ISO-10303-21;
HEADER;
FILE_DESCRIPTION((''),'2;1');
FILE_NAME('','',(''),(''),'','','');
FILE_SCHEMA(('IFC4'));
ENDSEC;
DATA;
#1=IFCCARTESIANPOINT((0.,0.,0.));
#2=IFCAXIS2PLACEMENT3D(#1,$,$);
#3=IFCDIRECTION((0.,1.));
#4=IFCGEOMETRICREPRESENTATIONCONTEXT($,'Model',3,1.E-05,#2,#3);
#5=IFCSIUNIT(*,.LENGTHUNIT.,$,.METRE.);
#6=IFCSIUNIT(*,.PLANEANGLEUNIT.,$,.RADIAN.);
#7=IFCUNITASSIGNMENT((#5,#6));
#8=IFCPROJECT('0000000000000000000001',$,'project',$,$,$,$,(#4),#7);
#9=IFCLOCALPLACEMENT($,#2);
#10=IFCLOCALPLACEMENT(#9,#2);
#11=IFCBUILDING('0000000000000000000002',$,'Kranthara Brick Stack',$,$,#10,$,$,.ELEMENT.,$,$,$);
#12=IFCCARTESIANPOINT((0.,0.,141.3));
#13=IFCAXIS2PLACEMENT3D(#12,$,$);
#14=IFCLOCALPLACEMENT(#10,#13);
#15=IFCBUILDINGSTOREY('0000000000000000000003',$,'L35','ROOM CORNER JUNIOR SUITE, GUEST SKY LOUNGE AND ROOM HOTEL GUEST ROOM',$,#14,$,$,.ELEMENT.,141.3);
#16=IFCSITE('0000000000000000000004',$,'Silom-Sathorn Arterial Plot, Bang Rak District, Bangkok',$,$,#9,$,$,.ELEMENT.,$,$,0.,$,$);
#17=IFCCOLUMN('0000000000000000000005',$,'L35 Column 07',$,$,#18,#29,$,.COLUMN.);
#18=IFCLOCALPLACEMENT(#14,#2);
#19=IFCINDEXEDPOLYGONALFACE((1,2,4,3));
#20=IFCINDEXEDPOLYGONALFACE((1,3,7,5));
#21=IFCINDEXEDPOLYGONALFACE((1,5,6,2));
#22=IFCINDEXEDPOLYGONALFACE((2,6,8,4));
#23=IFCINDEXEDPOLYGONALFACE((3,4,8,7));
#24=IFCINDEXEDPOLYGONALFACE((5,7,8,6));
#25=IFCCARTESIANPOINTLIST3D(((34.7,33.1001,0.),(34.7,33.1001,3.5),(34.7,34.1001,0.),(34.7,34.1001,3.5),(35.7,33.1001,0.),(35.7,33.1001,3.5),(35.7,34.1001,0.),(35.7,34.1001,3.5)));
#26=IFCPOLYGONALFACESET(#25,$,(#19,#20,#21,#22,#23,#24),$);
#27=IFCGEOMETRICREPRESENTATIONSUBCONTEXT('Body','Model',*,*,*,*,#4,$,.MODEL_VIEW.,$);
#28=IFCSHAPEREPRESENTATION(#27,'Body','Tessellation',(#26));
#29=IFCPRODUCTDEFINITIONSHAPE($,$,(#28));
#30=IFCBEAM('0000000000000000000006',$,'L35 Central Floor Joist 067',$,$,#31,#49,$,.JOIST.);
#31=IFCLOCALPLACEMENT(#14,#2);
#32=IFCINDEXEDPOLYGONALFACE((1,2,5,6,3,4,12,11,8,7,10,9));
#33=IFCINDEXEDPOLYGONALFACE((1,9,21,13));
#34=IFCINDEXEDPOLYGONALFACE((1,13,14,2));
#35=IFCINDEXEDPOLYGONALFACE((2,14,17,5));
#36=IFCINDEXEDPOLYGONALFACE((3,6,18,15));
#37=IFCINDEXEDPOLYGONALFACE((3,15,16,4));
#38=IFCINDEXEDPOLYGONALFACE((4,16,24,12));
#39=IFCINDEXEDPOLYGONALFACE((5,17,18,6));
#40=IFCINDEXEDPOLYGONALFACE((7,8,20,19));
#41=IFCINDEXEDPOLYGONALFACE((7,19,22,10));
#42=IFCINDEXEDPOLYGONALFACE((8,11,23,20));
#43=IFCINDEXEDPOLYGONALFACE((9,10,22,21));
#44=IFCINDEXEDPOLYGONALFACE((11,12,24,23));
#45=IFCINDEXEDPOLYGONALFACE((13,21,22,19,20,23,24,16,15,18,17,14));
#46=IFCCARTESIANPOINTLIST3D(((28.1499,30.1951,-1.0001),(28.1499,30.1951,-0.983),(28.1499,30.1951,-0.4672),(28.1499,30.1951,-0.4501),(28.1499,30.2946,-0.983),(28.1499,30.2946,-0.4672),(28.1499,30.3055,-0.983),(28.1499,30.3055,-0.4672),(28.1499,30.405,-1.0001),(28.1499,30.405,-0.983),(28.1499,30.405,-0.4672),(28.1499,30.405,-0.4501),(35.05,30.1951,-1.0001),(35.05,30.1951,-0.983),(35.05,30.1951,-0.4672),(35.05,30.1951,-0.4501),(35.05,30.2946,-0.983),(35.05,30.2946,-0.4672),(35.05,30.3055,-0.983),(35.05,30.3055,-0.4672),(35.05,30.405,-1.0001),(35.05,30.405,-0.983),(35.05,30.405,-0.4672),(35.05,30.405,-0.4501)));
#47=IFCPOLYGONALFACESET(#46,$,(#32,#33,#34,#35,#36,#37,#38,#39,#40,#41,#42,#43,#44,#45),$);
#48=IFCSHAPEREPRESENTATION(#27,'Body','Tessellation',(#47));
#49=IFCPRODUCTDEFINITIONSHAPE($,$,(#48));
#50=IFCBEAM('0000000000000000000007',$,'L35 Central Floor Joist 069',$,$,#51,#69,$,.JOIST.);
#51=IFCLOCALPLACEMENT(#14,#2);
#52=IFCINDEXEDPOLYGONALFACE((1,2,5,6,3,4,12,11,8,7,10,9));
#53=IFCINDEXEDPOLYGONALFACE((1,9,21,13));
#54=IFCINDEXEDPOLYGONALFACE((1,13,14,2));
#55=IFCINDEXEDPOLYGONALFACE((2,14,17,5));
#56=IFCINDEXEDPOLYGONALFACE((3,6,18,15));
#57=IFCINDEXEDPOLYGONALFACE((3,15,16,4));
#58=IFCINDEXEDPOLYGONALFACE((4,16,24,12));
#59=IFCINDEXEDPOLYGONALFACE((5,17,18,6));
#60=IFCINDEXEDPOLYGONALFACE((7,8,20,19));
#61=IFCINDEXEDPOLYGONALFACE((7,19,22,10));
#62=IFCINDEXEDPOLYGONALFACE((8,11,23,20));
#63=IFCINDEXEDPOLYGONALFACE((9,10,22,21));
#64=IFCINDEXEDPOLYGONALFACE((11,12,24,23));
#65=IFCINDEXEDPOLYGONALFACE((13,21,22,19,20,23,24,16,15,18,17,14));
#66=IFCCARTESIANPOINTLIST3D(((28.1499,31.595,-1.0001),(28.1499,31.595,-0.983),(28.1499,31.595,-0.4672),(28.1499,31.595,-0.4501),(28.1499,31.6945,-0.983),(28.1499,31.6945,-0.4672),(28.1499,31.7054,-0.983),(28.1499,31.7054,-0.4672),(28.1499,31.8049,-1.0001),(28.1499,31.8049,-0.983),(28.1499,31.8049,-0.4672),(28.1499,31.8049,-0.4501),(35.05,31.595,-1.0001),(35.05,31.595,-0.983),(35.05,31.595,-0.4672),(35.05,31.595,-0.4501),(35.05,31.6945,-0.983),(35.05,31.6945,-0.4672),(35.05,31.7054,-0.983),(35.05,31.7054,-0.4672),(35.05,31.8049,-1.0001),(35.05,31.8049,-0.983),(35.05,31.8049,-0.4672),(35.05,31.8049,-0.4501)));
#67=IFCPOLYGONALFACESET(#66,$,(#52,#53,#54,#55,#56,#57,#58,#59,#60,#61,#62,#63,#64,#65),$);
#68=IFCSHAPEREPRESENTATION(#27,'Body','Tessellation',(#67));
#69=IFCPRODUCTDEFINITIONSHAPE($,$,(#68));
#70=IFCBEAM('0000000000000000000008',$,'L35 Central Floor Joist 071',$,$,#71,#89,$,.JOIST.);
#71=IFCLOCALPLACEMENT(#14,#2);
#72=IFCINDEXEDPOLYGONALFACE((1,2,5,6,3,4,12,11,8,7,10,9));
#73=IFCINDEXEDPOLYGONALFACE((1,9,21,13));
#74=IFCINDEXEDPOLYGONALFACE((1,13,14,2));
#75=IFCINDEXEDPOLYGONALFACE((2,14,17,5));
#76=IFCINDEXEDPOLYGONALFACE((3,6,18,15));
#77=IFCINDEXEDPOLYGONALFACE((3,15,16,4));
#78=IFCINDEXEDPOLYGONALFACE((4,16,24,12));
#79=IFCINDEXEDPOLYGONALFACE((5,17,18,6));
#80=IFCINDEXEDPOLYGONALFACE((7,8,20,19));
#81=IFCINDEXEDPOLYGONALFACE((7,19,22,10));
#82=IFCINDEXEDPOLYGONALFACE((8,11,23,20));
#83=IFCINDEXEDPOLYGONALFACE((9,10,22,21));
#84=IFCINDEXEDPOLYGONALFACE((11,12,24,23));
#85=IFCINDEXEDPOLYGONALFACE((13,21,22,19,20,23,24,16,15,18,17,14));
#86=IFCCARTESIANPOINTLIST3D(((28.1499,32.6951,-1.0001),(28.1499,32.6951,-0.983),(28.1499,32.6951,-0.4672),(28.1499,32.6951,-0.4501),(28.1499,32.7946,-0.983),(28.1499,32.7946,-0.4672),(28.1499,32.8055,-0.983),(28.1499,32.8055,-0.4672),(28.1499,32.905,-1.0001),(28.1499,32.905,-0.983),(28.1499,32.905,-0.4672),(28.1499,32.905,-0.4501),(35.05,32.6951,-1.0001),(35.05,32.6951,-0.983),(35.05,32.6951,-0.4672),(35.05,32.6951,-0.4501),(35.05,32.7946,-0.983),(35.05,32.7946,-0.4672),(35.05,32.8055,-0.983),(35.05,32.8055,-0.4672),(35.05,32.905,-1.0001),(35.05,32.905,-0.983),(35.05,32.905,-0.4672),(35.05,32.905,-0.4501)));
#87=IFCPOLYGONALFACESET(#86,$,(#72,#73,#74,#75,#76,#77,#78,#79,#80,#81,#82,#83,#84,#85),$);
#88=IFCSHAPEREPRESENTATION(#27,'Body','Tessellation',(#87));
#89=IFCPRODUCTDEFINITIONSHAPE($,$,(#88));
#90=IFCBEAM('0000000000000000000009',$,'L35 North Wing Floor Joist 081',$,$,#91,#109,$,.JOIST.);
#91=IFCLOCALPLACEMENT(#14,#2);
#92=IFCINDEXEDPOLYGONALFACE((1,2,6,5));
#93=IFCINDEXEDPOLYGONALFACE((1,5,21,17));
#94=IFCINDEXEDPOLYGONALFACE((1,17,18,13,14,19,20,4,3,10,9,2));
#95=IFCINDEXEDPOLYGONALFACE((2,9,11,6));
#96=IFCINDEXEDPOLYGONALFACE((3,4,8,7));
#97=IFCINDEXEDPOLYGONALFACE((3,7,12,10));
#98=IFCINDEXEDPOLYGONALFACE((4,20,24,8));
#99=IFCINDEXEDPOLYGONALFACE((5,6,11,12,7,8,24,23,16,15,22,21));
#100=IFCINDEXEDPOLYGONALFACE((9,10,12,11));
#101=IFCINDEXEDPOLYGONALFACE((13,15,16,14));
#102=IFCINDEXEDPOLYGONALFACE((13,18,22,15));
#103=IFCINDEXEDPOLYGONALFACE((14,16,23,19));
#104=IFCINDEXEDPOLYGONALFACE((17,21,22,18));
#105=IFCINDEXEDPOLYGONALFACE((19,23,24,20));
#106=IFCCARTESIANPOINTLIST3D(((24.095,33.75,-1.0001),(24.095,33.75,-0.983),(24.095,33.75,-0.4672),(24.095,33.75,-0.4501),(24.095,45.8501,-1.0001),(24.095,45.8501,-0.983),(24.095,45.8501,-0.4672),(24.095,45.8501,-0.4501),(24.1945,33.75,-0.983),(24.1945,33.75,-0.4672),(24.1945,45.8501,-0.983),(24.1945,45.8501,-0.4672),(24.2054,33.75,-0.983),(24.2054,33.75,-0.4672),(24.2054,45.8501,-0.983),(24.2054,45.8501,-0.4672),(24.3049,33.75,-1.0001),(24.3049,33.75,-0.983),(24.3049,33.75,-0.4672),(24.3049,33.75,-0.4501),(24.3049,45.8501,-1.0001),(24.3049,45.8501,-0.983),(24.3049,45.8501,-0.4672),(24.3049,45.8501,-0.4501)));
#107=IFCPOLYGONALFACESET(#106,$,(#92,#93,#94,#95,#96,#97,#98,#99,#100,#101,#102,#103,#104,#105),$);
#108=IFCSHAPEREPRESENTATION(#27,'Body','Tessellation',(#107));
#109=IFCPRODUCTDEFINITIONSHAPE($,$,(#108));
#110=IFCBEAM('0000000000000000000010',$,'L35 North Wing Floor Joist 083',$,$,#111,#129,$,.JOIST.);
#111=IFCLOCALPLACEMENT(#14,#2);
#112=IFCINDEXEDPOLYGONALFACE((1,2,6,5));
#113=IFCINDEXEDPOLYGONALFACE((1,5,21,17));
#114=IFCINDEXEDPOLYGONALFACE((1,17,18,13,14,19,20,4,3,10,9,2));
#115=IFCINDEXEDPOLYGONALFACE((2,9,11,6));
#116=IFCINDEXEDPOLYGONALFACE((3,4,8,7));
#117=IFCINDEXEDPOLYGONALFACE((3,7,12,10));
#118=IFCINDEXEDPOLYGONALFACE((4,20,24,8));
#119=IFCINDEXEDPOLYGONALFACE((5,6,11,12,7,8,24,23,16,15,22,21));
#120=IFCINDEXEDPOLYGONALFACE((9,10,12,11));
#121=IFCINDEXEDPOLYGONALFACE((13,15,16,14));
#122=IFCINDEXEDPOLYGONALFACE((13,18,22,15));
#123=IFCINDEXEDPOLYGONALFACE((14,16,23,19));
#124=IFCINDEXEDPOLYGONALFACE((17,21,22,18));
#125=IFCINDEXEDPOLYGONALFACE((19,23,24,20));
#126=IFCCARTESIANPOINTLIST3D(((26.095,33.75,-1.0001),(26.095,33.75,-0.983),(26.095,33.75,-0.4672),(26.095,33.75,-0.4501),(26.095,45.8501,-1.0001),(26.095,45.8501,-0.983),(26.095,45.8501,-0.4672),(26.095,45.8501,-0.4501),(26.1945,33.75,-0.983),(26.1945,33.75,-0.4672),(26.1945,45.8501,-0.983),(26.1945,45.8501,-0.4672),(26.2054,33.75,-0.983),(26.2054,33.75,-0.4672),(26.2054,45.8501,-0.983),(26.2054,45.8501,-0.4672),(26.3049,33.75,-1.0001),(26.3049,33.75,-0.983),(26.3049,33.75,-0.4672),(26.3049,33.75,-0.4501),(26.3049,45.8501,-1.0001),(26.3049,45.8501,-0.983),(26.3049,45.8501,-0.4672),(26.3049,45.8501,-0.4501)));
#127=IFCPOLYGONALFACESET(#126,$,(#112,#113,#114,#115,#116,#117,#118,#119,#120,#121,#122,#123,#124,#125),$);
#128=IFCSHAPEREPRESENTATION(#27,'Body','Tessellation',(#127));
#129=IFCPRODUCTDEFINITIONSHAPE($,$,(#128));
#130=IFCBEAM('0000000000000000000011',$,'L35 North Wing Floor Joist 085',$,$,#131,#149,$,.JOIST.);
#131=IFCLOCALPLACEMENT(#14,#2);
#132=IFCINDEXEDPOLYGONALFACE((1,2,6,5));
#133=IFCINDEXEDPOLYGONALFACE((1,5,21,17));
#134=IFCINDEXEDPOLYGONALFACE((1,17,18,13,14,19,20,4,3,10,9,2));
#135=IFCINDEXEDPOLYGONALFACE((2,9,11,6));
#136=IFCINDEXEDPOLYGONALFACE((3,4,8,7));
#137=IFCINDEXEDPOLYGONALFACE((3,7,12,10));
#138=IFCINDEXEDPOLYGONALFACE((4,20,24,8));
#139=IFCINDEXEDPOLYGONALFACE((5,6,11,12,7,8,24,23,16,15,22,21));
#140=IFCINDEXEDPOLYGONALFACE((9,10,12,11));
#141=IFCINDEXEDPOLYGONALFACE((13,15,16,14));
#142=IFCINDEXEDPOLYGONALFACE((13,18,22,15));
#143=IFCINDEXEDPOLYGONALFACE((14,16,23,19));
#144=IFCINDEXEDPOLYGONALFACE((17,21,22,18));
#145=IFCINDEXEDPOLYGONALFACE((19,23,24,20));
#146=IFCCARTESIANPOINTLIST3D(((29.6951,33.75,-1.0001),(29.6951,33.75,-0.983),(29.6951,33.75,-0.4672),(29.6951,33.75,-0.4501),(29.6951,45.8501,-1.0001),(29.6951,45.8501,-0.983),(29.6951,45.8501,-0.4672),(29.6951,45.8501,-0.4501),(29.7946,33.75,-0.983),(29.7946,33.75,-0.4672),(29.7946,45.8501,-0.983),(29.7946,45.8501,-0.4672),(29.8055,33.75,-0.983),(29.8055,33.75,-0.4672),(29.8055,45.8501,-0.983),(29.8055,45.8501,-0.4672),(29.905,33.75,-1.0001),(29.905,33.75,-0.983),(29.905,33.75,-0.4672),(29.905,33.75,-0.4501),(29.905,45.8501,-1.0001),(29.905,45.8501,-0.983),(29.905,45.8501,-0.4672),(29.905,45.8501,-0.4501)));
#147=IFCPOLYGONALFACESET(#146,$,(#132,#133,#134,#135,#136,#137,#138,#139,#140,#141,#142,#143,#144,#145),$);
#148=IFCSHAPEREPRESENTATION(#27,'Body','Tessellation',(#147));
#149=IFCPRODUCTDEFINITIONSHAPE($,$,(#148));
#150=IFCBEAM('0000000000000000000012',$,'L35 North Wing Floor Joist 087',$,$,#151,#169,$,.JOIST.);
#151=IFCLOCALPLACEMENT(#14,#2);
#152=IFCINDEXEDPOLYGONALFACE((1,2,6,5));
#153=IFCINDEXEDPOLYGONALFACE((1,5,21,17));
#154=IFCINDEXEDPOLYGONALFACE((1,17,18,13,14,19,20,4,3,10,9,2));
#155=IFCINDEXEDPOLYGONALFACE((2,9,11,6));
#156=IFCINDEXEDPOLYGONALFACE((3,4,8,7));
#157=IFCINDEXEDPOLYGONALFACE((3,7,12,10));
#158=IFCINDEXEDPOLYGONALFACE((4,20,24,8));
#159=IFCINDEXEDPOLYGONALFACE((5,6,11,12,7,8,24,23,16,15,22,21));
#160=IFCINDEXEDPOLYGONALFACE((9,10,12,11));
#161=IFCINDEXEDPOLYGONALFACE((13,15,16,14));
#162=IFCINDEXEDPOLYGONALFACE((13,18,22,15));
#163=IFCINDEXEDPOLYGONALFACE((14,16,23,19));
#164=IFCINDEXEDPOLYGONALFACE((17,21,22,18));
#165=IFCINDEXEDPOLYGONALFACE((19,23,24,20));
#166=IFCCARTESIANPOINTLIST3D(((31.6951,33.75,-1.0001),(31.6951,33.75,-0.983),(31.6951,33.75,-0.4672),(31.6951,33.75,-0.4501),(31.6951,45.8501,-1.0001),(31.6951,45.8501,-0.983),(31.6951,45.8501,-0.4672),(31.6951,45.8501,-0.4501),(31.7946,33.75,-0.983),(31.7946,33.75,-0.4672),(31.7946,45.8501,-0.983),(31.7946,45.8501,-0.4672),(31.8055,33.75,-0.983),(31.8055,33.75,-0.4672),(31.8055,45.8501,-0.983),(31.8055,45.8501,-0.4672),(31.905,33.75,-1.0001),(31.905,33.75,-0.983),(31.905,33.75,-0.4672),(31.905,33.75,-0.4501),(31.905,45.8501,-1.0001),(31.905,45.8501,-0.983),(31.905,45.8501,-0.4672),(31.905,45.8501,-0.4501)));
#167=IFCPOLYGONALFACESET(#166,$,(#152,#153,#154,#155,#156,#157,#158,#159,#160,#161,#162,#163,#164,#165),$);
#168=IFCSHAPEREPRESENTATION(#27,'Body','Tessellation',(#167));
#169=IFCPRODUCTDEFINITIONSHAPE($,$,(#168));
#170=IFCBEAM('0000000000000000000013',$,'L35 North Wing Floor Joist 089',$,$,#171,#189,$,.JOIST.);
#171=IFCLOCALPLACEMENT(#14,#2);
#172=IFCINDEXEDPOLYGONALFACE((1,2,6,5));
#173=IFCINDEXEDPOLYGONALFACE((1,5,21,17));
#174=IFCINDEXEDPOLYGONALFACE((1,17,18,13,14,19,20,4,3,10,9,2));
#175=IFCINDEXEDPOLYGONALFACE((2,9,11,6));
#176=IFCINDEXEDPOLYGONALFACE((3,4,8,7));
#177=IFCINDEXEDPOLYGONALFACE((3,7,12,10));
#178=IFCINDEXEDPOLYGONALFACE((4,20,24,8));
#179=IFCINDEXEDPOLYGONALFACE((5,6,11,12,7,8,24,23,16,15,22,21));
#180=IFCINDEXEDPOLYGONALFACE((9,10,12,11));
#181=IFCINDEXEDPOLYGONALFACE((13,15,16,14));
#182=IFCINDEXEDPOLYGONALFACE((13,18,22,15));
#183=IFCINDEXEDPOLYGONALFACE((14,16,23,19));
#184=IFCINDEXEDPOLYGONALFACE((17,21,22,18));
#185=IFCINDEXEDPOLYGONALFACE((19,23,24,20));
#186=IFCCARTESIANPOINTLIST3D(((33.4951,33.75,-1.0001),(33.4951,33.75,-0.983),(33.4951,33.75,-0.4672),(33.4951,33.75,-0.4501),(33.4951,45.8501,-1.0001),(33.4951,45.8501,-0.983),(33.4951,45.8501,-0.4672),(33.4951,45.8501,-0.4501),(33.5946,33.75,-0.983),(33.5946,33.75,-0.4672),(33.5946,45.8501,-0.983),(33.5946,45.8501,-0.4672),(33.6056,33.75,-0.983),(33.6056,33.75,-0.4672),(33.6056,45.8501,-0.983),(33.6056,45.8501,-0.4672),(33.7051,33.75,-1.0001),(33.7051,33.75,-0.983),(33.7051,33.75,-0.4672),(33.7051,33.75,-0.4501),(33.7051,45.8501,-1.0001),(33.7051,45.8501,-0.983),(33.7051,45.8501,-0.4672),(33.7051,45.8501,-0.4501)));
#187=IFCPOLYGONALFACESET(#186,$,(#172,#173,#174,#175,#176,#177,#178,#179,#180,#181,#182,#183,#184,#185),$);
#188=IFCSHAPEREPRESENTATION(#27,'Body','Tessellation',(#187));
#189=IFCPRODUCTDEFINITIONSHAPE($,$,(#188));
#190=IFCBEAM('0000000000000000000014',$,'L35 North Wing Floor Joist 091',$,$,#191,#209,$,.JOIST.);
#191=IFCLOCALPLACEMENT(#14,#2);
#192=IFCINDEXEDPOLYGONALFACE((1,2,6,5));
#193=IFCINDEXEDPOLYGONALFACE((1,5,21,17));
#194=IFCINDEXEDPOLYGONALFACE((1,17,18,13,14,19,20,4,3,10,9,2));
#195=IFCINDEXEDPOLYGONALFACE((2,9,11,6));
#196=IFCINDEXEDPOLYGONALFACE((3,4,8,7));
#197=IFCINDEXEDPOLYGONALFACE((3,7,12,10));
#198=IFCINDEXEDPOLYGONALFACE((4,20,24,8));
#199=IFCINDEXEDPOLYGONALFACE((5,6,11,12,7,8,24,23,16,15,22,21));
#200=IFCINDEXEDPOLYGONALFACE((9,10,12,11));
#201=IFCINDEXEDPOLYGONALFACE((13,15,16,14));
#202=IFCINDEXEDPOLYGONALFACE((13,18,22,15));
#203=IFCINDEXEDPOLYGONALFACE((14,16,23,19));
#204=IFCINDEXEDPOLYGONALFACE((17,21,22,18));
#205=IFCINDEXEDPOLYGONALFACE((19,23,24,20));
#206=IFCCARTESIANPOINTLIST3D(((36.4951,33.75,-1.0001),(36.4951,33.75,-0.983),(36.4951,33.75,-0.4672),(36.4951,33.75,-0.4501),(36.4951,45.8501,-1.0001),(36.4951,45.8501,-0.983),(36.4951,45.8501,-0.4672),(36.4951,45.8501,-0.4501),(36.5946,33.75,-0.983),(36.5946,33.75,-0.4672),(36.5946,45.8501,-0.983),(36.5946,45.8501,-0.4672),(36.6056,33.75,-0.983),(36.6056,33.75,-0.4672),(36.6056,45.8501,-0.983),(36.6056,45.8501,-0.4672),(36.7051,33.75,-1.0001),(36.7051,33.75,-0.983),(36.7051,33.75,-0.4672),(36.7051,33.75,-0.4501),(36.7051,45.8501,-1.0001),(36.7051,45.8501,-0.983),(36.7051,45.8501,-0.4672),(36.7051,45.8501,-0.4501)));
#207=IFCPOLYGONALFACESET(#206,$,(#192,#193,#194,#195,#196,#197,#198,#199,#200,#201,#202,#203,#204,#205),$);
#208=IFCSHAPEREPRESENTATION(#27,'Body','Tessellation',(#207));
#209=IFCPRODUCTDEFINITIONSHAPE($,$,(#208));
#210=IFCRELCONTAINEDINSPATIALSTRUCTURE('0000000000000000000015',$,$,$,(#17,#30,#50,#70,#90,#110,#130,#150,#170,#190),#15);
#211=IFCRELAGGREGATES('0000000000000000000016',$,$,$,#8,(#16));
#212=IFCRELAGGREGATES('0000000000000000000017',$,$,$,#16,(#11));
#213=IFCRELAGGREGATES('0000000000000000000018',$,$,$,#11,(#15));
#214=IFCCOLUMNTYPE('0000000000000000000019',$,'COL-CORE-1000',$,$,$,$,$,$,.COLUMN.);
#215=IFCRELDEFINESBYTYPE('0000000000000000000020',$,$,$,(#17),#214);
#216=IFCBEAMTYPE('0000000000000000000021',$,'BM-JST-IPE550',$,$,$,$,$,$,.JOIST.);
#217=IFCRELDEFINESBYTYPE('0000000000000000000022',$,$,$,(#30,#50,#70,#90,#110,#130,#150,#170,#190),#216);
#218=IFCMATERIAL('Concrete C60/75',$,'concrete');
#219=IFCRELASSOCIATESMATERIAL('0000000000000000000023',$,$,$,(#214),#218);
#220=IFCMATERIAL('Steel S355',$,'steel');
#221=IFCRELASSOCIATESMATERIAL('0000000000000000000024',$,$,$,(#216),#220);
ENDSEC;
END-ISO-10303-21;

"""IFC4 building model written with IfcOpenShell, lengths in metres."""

from ifc_helpers import new_model, si_unit, direction, frame, origin, origin_2d, place, context, subcontext, project, spatial, rectangle, i_section, extrude, material, material_profile, profile_set, type_object, element, save


model = new_model("IFC4")

# Units and contexts
model_context = context("Model", 3, precision=1e-05, world=origin(), true_north=direction((0.0, 1.0)))
body_context = subcontext(model_context, "Body", "Model", "MODEL_VIEW")
ifc_project = project(units=[si_unit("LENGTHUNIT", "METRE"), si_unit("PLANEANGLEUNIT", "RADIAN")], contexts=[model_context])

# Site, building, storey
site_placement = place(None, origin())
site = spatial("IfcSite", under=ifc_project, at=site_placement, Name="Silom-Sathorn Arterial Plot, Bang Rak District, Bangkok", CompositionType="ELEMENT", RefElevation=0.0)
building_placement = place(site_placement, origin())
building = spatial("IfcBuilding", under=site, at=building_placement, Name="Kranthara Brick Stack", CompositionType="ELEMENT")
storey_placement = place(building_placement, frame((0.0, 0.0, 141.3)))
storey = spatial("IfcBuildingStorey", under=building, at=storey_placement, Name="L35", Description="ROOM CORNER JUNIOR SUITE, GUEST SKY LOUNGE AND ROOM HOTEL GUEST ROOM", CompositionType="ELEMENT", Elevation=141.3)

# Column
ifc_material_1 = material(Name="Concrete C60/75", Category="concrete")
ifc_material_profile_1 = material_profile(ifc_material_1, rectangle(XDim=1.0, YDim=1.0, at=origin_2d()), Name="RC 1000x1000")
ifc_profile_set_1 = profile_set([ifc_material_profile_1], Name="Concrete C60/75")
column_type = type_object("IfcColumnType", Name="COL-CORE-1000", PredefinedType="COLUMN", material=ifc_profile_set_1)
column_placement = place(storey_placement, frame((35.2, 33.6001, 0.0), z_axis=(0.0, 0.0, 1.0), x_axis=(1.0, 0.0, 0.0)))
element("IfcColumn", 1, at=column_placement, inside=storey, type_object=column_type, Name="L35 Column 07", PredefinedType="COLUMN", context=body_context, shape_type="SweptSolid", body=[
    extrude(rectangle(XDim=1.0, YDim=1.0, at=origin_2d()), origin(), (0.0, 0.0, 1.0), 3.5),
])

# Beams
ifc_material_2 = material(Name="Steel S355", Category="steel")
ifc_material_profile_2 = material_profile(ifc_material_2, i_section(OverallWidth=0.21, OverallDepth=0.55, WebThickness=0.011, FlangeThickness=0.0171, at=origin_2d()), Name="IPE 550")
ifc_profile_set_2 = profile_set([ifc_material_profile_2], Name="Steel S355")
beam_type_1 = type_object("IfcBeamType", Name="BM-JST-IPE550", PredefinedType="JOIST", material=ifc_profile_set_2)
for number, where, z_axis, x_axis, name in (
    (2, (28.1499, 30.3, -0.7251), (1.0, 0.0, 0.0), (0.0, 1.0, 0.0), "L35 Central Floor Joist 067"),
    (3, (28.1499, 31.7, -0.7251), (1.0, 0.0, 0.0), (0.0, 1.0, 0.0), "L35 Central Floor Joist 069"),
    (4, (28.1499, 32.8, -0.7251), (1.0, 0.0, 0.0), (0.0, 1.0, 0.0), "L35 Central Floor Joist 071"),
):
    element("IfcBeam", number, at=place(storey_placement, frame(where, z_axis=z_axis, x_axis=x_axis)), inside=storey, type_object=beam_type_1, Name=name, PredefinedType="JOIST", context=body_context, shape_type="SweptSolid", body=[
        extrude(i_section(OverallWidth=0.21, OverallDepth=0.55, WebThickness=0.011, FlangeThickness=0.0171, at=origin_2d()), origin(), (0.0, 0.0, 1.0), 6.9001),
    ])
for number, where, z_axis, x_axis, name in (
    (5, (24.2, 33.75, -0.7251), (0.0, 1.0, 0.0), (-1.0, 0.0, 0.0), "L35 North Wing Floor Joist 081"),
    (6, (26.2, 33.75, -0.7251), (0.0, 1.0, 0.0), (-1.0, 0.0, 0.0), "L35 North Wing Floor Joist 083"),
    (7, (29.8, 33.75, -0.7251), (0.0, 1.0, 0.0), (-1.0, 0.0, 0.0), "L35 North Wing Floor Joist 085"),
    (8, (31.8, 33.75, -0.7251), (0.0, 1.0, 0.0), (-1.0, 0.0, 0.0), "L35 North Wing Floor Joist 087"),
    (9, (33.6001, 33.75, -0.7251), (0.0, 1.0, 0.0), (-1.0, 0.0, 0.0), "L35 North Wing Floor Joist 089"),
    (10, (36.6001, 33.75, -0.7251), (0.0, 1.0, 0.0), (-1.0, 0.0, 0.0), "L35 North Wing Floor Joist 091"),
):
    element("IfcBeam", number, at=place(storey_placement, frame(where, z_axis=z_axis, x_axis=x_axis)), inside=storey, type_object=beam_type_1, Name=name, PredefinedType="JOIST", context=body_context, shape_type="SweptSolid", body=[
        extrude(i_section(OverallWidth=0.21, OverallDepth=0.55, WebThickness=0.011, FlangeThickness=0.0171, at=origin_2d()), origin(), (0.0, 0.0, 1.0), 12.1001),
    ])

save(model, "model.ifc")
